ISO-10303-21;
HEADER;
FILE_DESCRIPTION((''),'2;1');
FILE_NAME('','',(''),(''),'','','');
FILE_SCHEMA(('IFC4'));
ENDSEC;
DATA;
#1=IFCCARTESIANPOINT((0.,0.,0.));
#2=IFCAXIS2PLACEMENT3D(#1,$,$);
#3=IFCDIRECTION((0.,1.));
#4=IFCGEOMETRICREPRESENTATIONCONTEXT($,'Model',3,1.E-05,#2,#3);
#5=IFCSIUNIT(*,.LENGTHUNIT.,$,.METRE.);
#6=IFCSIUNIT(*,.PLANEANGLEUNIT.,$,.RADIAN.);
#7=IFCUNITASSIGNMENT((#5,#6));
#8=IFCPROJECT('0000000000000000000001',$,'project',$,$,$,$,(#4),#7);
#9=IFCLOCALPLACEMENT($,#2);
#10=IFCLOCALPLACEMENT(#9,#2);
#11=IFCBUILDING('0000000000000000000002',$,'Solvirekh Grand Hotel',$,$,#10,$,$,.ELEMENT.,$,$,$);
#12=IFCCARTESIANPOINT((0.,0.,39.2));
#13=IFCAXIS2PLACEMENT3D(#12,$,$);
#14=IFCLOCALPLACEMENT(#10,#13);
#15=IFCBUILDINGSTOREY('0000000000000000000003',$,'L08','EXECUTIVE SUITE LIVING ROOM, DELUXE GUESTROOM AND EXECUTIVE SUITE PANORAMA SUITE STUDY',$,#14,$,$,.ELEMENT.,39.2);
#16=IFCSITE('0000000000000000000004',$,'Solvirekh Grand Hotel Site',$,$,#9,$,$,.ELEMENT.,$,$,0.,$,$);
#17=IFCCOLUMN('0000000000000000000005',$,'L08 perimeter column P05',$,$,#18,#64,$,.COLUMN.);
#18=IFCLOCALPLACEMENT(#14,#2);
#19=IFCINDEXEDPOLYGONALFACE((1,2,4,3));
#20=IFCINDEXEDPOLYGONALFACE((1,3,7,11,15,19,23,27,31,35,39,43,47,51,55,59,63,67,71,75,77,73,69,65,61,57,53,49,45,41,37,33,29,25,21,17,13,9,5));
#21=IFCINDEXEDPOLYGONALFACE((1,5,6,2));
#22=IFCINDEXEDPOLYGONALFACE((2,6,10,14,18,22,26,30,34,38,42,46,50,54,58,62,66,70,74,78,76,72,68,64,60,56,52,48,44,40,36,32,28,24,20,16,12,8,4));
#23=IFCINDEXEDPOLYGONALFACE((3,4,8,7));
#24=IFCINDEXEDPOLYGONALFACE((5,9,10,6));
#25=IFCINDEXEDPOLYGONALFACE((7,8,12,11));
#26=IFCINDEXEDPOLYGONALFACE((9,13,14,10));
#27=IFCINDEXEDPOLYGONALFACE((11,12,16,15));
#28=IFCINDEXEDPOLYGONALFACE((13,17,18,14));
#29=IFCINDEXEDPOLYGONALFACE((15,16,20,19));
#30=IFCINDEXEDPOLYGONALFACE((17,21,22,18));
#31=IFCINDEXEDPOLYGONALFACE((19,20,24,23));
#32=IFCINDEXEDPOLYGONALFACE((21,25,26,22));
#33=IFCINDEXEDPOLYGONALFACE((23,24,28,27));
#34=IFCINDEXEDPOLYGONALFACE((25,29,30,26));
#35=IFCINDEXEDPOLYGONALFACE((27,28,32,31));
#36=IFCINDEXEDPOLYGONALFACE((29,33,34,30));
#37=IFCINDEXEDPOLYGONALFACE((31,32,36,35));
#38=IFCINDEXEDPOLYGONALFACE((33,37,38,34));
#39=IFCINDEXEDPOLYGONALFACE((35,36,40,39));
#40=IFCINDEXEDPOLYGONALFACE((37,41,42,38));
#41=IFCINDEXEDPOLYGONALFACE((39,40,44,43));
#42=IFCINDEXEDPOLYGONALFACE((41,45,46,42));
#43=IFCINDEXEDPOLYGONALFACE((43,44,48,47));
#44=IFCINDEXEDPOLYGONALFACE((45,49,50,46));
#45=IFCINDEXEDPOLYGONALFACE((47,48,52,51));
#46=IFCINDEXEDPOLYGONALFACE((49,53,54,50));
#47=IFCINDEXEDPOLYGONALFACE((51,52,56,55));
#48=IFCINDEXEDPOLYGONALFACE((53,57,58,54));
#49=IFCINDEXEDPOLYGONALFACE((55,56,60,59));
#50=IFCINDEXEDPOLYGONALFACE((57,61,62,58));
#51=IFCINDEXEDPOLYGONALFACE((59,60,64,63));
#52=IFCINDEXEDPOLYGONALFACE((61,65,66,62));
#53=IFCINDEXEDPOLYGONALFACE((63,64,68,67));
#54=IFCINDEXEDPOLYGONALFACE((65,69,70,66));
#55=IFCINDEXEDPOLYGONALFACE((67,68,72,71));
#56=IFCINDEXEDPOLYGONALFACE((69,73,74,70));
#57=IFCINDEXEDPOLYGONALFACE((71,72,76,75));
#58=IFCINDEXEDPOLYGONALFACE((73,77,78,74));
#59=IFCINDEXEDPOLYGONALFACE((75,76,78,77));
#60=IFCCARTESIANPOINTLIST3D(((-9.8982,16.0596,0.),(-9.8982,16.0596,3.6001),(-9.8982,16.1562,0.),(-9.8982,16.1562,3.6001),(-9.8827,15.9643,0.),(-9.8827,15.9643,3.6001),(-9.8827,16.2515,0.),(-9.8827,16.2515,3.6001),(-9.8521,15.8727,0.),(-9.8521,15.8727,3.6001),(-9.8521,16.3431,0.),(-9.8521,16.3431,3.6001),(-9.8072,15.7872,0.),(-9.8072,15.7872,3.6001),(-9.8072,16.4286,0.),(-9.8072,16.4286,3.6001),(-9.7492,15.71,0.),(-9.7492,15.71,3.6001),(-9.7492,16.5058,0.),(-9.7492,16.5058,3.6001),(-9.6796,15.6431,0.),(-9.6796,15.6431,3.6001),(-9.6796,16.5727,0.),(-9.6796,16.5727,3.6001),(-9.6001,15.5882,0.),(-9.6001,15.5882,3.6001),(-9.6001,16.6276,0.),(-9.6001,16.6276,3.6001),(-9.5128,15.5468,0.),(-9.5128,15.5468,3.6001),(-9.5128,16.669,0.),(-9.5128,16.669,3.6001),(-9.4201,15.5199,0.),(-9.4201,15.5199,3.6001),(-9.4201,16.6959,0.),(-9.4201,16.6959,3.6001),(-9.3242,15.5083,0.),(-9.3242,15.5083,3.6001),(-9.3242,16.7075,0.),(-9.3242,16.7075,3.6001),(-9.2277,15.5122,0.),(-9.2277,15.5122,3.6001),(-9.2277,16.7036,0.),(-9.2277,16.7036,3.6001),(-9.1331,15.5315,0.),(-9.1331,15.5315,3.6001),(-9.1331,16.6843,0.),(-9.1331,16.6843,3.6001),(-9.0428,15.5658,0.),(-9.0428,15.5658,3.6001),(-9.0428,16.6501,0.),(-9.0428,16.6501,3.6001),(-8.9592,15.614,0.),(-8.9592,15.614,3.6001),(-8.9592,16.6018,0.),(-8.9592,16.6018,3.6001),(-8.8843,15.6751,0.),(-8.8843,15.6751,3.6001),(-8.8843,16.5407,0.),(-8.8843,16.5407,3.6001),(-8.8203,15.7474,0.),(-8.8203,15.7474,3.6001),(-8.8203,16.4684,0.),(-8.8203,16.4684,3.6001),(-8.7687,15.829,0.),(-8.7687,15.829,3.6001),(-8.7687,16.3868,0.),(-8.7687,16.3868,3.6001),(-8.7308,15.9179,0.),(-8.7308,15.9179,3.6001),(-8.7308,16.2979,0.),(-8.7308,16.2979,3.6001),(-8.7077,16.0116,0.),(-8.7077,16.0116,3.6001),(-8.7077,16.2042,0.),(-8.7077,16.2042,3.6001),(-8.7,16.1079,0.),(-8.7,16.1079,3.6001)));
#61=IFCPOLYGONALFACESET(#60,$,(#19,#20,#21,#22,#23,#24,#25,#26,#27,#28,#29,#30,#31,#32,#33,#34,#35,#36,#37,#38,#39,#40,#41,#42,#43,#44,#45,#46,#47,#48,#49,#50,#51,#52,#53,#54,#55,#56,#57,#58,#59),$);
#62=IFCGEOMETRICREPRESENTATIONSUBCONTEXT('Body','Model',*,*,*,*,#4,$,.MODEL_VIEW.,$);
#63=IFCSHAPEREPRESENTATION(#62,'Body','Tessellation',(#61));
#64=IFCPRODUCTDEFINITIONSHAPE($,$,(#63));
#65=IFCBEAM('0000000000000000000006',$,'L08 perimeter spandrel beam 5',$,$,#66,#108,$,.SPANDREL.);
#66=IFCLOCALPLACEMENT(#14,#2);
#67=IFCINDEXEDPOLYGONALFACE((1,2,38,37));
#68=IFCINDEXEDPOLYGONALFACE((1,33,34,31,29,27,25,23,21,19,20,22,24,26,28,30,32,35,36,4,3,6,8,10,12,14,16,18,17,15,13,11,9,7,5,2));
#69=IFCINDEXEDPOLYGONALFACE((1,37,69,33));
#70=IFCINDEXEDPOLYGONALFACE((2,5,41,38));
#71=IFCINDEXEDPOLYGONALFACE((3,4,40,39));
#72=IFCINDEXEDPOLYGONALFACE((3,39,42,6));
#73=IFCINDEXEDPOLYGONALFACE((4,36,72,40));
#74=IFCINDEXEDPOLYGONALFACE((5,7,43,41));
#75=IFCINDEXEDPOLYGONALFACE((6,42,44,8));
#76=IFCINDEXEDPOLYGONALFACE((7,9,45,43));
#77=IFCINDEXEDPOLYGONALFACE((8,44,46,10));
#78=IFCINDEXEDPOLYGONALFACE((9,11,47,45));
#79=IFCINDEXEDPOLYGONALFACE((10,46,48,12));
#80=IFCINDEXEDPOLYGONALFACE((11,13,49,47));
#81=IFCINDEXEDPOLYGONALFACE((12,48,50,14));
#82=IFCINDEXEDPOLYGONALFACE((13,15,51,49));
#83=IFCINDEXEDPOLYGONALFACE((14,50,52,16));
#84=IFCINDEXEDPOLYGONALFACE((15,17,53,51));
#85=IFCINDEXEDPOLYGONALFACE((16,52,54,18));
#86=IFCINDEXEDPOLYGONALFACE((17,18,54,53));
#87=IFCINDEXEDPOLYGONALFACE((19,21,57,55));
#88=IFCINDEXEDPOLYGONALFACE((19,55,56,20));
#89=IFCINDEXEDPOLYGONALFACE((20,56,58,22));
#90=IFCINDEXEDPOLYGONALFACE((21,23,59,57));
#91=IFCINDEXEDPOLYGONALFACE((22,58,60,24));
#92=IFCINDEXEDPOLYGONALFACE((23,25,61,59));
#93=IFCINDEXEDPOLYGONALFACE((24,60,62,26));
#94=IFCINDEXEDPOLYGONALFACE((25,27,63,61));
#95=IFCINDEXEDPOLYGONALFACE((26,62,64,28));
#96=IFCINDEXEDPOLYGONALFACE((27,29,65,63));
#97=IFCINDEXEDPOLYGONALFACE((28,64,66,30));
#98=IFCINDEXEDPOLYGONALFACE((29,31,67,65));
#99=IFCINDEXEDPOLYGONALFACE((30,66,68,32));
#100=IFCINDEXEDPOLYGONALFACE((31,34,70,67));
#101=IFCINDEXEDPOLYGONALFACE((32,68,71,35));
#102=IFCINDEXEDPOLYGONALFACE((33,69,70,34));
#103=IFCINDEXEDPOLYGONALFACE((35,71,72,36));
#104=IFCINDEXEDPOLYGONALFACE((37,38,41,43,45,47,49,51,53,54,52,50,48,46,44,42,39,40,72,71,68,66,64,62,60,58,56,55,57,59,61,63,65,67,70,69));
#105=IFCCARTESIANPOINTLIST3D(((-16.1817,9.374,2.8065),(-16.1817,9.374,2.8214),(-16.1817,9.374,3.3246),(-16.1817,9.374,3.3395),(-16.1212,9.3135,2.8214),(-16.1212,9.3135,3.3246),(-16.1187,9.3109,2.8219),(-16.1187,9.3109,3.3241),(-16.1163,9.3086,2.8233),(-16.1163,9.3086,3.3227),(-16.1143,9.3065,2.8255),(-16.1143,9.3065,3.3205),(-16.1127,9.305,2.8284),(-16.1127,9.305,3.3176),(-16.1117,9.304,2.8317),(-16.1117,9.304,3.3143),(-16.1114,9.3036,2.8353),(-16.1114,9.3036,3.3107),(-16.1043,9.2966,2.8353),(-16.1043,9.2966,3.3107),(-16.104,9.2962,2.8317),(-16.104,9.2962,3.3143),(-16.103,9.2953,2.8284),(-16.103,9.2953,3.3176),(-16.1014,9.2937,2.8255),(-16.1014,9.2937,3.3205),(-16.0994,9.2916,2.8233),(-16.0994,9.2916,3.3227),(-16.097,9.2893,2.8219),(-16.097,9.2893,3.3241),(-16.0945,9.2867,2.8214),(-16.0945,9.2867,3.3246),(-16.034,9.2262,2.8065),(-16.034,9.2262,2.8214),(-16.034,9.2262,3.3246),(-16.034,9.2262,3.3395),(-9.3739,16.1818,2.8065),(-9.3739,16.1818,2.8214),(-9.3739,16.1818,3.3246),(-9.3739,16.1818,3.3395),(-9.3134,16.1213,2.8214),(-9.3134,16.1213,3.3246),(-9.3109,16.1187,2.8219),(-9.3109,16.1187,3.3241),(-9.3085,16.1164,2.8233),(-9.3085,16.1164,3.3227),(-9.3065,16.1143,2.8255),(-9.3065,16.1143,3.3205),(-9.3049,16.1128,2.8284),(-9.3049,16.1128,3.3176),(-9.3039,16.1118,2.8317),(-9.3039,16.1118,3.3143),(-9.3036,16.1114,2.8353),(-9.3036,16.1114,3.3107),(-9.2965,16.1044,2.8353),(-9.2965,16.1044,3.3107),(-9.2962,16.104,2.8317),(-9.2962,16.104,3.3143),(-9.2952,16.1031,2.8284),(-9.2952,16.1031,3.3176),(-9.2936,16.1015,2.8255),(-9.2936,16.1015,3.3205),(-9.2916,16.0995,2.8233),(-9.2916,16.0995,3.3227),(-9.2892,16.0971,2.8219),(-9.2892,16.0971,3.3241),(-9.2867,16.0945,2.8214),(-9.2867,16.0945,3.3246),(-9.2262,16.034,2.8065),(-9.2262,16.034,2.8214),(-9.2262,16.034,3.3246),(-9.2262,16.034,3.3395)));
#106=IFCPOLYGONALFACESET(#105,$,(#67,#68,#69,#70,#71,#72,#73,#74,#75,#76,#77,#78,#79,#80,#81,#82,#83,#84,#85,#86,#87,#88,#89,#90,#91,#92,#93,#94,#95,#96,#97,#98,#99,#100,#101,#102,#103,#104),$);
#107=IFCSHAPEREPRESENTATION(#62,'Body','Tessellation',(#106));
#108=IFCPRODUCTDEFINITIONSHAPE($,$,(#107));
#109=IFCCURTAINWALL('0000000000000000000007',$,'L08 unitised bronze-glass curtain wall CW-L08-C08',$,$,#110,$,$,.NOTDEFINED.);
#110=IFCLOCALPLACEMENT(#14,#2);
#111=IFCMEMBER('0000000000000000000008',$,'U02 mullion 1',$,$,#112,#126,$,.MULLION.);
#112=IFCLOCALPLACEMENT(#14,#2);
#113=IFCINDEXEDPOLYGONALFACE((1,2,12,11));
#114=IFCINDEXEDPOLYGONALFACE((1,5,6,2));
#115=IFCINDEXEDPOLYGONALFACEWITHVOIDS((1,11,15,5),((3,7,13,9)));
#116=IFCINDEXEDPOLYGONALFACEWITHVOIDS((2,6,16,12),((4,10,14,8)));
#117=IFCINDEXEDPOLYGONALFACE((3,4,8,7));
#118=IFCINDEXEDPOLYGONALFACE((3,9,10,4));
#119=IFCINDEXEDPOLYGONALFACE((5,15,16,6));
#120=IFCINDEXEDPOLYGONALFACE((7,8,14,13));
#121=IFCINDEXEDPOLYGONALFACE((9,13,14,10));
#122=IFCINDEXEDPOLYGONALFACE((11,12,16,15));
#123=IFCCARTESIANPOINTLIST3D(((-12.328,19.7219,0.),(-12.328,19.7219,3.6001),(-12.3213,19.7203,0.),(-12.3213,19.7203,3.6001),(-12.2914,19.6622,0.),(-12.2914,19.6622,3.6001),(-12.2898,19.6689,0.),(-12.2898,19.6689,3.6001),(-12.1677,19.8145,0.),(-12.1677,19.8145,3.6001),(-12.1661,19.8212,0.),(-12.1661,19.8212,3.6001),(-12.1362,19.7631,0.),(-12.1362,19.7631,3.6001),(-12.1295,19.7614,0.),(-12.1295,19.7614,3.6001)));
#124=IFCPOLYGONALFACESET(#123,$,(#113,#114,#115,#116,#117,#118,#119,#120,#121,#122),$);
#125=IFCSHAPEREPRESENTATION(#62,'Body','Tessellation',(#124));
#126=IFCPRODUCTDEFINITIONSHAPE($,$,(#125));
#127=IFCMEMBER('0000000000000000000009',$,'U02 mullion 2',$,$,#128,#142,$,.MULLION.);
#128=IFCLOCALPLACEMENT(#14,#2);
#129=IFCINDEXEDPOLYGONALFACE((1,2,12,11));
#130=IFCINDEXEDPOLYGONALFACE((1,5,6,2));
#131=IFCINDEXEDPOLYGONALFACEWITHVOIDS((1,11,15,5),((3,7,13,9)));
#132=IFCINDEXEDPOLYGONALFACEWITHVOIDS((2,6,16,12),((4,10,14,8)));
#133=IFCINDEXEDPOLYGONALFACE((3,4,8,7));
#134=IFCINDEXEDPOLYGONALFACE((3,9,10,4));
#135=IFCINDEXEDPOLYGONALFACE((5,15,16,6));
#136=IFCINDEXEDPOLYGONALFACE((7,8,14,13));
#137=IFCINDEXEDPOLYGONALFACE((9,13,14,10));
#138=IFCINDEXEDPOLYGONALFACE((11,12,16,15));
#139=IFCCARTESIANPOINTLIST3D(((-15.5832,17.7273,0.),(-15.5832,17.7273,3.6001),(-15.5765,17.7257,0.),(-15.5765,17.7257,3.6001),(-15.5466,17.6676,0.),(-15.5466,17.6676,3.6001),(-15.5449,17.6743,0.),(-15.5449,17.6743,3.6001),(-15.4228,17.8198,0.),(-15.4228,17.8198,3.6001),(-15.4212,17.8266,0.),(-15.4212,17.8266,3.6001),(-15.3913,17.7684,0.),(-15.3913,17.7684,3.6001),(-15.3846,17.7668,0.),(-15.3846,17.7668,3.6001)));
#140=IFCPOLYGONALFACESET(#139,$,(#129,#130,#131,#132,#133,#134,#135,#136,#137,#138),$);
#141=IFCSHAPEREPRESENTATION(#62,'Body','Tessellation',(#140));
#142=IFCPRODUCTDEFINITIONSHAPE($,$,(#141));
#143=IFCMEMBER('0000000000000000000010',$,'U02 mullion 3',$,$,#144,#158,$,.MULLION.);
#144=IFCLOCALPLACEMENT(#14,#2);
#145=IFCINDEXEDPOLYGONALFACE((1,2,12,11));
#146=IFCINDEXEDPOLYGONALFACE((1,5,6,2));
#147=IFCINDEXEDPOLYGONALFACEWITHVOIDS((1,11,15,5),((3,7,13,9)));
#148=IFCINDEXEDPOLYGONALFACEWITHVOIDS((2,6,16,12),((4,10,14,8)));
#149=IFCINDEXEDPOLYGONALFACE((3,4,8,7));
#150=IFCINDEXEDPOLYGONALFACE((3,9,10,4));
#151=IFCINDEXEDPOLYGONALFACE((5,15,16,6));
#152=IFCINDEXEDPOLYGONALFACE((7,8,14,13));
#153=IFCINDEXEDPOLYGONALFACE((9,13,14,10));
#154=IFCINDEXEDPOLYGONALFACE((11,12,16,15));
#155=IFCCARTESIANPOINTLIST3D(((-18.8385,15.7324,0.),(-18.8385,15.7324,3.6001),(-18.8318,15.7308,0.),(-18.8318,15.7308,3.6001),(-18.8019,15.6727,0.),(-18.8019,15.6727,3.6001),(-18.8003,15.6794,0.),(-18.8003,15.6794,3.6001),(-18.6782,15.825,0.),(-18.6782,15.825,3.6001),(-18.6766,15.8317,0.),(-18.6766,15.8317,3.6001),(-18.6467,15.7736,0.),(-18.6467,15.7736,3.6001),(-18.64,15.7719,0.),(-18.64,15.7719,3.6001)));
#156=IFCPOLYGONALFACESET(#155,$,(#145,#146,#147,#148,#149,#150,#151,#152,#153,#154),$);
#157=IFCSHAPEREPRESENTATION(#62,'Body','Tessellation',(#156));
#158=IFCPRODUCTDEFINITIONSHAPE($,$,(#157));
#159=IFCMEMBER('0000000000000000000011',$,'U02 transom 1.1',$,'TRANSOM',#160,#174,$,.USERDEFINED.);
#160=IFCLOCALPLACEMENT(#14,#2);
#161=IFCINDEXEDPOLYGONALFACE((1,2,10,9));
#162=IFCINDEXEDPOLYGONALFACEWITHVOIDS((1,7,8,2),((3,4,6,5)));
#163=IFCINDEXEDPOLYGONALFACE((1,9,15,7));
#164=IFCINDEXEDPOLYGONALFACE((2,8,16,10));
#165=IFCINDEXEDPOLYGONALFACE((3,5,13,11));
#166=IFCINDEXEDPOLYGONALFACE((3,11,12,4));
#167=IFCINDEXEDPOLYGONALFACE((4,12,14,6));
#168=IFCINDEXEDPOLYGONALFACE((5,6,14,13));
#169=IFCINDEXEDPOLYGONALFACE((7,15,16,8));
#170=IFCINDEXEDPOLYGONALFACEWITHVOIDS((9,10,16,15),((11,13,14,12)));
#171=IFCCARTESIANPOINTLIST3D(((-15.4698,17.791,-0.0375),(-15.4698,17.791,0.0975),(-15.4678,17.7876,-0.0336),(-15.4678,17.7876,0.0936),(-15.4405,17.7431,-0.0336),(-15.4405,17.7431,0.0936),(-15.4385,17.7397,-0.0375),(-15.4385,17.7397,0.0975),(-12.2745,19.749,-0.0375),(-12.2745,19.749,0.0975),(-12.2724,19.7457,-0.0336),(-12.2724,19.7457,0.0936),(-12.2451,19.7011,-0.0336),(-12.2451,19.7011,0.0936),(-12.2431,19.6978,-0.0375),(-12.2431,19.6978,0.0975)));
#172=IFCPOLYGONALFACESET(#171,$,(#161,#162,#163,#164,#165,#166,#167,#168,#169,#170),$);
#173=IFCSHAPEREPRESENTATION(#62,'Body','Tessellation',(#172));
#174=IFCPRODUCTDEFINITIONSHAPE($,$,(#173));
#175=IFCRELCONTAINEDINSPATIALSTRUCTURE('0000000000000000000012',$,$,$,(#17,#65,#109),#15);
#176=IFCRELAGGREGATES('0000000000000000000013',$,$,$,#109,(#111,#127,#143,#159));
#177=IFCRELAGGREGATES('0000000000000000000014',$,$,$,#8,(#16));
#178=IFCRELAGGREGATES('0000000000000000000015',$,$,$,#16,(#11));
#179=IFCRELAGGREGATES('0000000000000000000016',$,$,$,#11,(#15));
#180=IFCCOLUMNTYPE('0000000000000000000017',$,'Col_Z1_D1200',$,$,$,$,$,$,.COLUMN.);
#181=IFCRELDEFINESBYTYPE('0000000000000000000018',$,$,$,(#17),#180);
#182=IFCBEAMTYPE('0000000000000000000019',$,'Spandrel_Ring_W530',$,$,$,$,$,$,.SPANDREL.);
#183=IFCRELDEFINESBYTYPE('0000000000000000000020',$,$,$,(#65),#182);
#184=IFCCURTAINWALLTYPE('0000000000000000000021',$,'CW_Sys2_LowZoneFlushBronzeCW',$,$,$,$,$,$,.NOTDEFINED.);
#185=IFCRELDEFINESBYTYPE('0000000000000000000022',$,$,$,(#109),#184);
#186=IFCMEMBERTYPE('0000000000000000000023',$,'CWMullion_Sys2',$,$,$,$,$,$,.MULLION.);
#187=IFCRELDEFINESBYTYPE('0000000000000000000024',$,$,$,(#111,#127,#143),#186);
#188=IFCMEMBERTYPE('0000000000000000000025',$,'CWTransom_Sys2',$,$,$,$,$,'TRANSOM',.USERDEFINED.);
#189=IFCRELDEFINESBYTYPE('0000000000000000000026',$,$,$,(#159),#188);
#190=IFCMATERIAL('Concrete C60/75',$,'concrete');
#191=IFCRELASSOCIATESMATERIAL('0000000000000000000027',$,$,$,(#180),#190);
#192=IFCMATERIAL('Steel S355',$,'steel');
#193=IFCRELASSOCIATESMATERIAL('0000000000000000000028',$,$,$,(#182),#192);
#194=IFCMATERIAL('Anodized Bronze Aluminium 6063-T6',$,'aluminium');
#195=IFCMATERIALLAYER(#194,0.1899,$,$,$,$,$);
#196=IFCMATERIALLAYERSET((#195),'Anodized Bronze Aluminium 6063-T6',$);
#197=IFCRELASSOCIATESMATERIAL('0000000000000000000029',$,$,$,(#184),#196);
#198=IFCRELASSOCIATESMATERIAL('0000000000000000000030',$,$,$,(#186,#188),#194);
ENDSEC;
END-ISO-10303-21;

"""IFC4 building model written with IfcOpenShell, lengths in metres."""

from ifc_helpers import new_model, si_unit, direction, frame, origin, origin_2d, place, context, subcontext, project, spatial, hollow_rectangle, circle, i_section, extrude, source, transform, mapped, material, layer, layer_set, material_profile, profile_set, type_object, element, aggregate, save


model = new_model("IFC4")

# Units and contexts
model_context = context("Model", 3, precision=1e-05, world=origin(), true_north=direction((0.0, 1.0)))
body_context = subcontext(model_context, "Body", "Model", "MODEL_VIEW")
ifc_project = project(units=[si_unit("LENGTHUNIT", "METRE"), si_unit("PLANEANGLEUNIT", "RADIAN")], contexts=[model_context])

# Site, building, storey
site_placement = place(None, origin())
site = spatial("IfcSite", under=ifc_project, at=site_placement, Name="Solvirekh Grand Hotel Site", CompositionType="ELEMENT", RefElevation=0.0)
building_placement = place(site_placement, origin())
building = spatial("IfcBuilding", under=site, at=building_placement, Name="Solvirekh Grand Hotel", CompositionType="ELEMENT")
storey_placement = place(building_placement, frame((0.0, 0.0, 39.2)))
storey = spatial("IfcBuildingStorey", under=building, at=storey_placement, Name="L08", Description="EXECUTIVE SUITE LIVING ROOM, DELUXE GUESTROOM AND EXECUTIVE SUITE PANORAMA SUITE STUDY", CompositionType="ELEMENT", Elevation=39.2)

# Column
ifc_material_1 = material(Name="Concrete C60/75", Category="concrete")
ifc_material_profile_1 = material_profile(ifc_material_1, circle(Radius=0.6001, at=origin_2d()), Name="RC CIRC D1200")
ifc_profile_set_1 = profile_set([ifc_material_profile_1], Name="Concrete C60/75")
column_type = type_object("IfcColumnType", Name="Col_Z1_D1200", PredefinedType="COLUMN", material=ifc_profile_set_1)
column_placement = place(storey_placement, frame((-9.3, 16.1079, 0.0), z_axis=(0.0, 0.0, 1.0), x_axis=(1.0, 0.0, 0.0)))
element("IfcColumn", 1, at=column_placement, inside=storey, type_object=column_type, Name="L08 perimeter column P05", PredefinedType="COLUMN", context=body_context, shape_type="SweptSolid", body=[
    extrude(circle(Radius=0.6001, at=origin_2d()), origin(), (0.0, 0.0, 1.0), 3.6001),
])

# Beam
ifc_material_2 = material(Name="Steel S355", Category="steel")
ifc_material_profile_2 = material_profile(ifc_material_2, i_section(OverallWidth=0.209, OverallDepth=0.533, WebThickness=0.01, FlangeThickness=0.0149, FilletRadius=0.0139, at=origin_2d()), Name="W530X92")
ifc_profile_set_2 = profile_set([ifc_material_profile_2], Name="Steel S355")
beam_type = type_object("IfcBeamType", Name="Spandrel_Ring_W530", PredefinedType="SPANDREL", material=ifc_profile_set_2)
beam_placement = place(storey_placement, frame((-9.3, 16.1079, 3.073), z_axis=(-0.707107, -0.707107, 0.0), x_axis=(0.707107, -0.707107, 0.0)))
element("IfcBeam", 2, at=beam_placement, inside=storey, type_object=beam_type, Name="L08 perimeter spandrel beam 5", PredefinedType="SPANDREL", context=body_context, shape_type="SweptSolid", body=[
    extrude(i_section(OverallWidth=0.209, OverallDepth=0.533, WebThickness=0.01, FlangeThickness=0.0149, FilletRadius=0.0139, at=origin_2d()), origin(), (0.0, 0.0, 1.0), 9.6277),
])

# Curtain wall, members
ifc_material_3 = material(Name="Anodized Bronze Aluminium 6063-T6", Category="aluminium")
ifc_layer_1 = layer(ifc_material_3, 0.1899)
ifc_layer_set_1 = layer_set([ifc_layer_1], Name="Anodized Bronze Aluminium 6063-T6")
curtain_wall_type = type_object("IfcCurtainWallType", Name="CW_Sys2_LowZoneFlushBronzeCW", PredefinedType="NOTDEFINED", material=ifc_layer_set_1)
curtain_wall_placement = place(storey_placement, origin())
curtain_wall = element("IfcCurtainWall", 3, at=curtain_wall_placement, inside=storey, type_object=curtain_wall_type, Name="L08 unitised bronze-glass curtain wall CW-L08-C08", PredefinedType="NOTDEFINED")
ifc_material_profile_3 = material_profile(ifc_material_3, hollow_rectangle(XDim=0.0701, YDim=0.1899, WallThickness=0.0049, at=origin_2d()), Name="ALU RHS 190X70X5")
ifc_profile_set_3 = profile_set([ifc_material_profile_3], Name="Anodized Bronze Aluminium 6063-T6")
member_type_1 = type_object("IfcMemberType", Name="CWMullion_Sys2", PredefinedType="MULLION", material=ifc_profile_set_3)
shared_shape_1 = source(origin(), body_context, "Body", "SweptSolid", [
    extrude(hollow_rectangle(XDim=0.0701, YDim=0.1899, WallThickness=0.0049, at=origin_2d()), origin(), (0.0, 0.0, 1.0), 3.6001),
])
member_1_placement = place(storey_placement, frame((-12.2288, 19.7417, 0.0), z_axis=(0.0, 0.0, 1.0), x_axis=(0.522489, -0.852646, 0.0)))
member_1 = element("IfcMember", 4, at=member_1_placement, type_object=member_type_1, Name="U02 mullion 1", PredefinedType="MULLION", context=body_context, shape_type="MappedRepresentation", body=[
    mapped(shared_shape_1, transform((0.0, 0.0, 0.0), x_axis=(1.0, 0.0, 0.0), y_axis=(0.0, 1.0, 0.0), z_axis=(0.0, 0.0, 1.0), scale=1.0)),
])
member_2_placement = place(storey_placement, frame((-15.4839, 17.7471, 0.0), z_axis=(0.0, 0.0, 1.0), x_axis=(0.522489, -0.852646, 0.0)))
member_2 = element("IfcMember", 5, at=member_2_placement, type_object=member_type_1, Name="U02 mullion 2", PredefinedType="MULLION", context=body_context, shape_type="MappedRepresentation", body=[
    mapped(shared_shape_1, transform((0.0, 0.0, 0.0), x_axis=(1.0, 0.0, 0.0), y_axis=(0.0, 1.0, 0.0), z_axis=(0.0, 0.0, 1.0), scale=1.0)),
])
member_3_placement = place(storey_placement, frame((-18.7393, 15.7522, 0.0), z_axis=(0.0, 0.0, 1.0), x_axis=(0.522489, -0.852646, 0.0)))
member_3 = element("IfcMember", 6, at=member_3_placement, type_object=member_type_1, Name="U02 mullion 3", PredefinedType="MULLION", context=body_context, shape_type="MappedRepresentation", body=[
    mapped(shared_shape_1, transform((0.0, 0.0, 0.0), x_axis=(1.0, 0.0, 0.0), y_axis=(0.0, 1.0, 0.0), z_axis=(0.0, 0.0, 1.0), scale=1.0)),
])
ifc_material_profile_4 = material_profile(ifc_material_3, hollow_rectangle(XDim=0.0601, YDim=0.135, WallThickness=0.0039, at=origin_2d()), Name="ALU RHS 135X60X4")
ifc_profile_set_4 = profile_set([ifc_material_profile_4], Name="Anodized Bronze Aluminium 6063-T6")
member_type_2 = type_object("IfcMemberType", Name="CWTransom_Sys2", ElementType="TRANSOM", PredefinedType="USERDEFINED", material=ifc_profile_set_4)
shared_shape_2 = source(origin(), body_context, "Body", "SweptSolid", [
    extrude(hollow_rectangle(XDim=0.0601, YDim=0.135, WallThickness=0.0039, at=origin_2d()), origin(), (0.0, 0.0, 1.0), 3.7476),
])
member_4_placement = place(storey_placement, frame((-12.2588, 19.7234, 0.03), z_axis=(-0.85265, -0.522483, 0.0), x_axis=(0.522483, -0.85265, 0.0)))
member_4 = element("IfcMember", 7, at=member_4_placement, type_object=member_type_2, Name="U02 transom 1.1", ObjectType="TRANSOM", PredefinedType="USERDEFINED", context=body_context, shape_type="MappedRepresentation", body=[
    mapped(shared_shape_2, transform((0.0, 0.0, 0.0), x_axis=(1.0, 0.0, 0.0), y_axis=(0.0, 1.0, 0.0), z_axis=(0.0, 0.0, 1.0), scale=1.0)),
])
aggregate(curtain_wall, [member_1, member_2, member_3, member_4])

save(model, "model.ifc")
